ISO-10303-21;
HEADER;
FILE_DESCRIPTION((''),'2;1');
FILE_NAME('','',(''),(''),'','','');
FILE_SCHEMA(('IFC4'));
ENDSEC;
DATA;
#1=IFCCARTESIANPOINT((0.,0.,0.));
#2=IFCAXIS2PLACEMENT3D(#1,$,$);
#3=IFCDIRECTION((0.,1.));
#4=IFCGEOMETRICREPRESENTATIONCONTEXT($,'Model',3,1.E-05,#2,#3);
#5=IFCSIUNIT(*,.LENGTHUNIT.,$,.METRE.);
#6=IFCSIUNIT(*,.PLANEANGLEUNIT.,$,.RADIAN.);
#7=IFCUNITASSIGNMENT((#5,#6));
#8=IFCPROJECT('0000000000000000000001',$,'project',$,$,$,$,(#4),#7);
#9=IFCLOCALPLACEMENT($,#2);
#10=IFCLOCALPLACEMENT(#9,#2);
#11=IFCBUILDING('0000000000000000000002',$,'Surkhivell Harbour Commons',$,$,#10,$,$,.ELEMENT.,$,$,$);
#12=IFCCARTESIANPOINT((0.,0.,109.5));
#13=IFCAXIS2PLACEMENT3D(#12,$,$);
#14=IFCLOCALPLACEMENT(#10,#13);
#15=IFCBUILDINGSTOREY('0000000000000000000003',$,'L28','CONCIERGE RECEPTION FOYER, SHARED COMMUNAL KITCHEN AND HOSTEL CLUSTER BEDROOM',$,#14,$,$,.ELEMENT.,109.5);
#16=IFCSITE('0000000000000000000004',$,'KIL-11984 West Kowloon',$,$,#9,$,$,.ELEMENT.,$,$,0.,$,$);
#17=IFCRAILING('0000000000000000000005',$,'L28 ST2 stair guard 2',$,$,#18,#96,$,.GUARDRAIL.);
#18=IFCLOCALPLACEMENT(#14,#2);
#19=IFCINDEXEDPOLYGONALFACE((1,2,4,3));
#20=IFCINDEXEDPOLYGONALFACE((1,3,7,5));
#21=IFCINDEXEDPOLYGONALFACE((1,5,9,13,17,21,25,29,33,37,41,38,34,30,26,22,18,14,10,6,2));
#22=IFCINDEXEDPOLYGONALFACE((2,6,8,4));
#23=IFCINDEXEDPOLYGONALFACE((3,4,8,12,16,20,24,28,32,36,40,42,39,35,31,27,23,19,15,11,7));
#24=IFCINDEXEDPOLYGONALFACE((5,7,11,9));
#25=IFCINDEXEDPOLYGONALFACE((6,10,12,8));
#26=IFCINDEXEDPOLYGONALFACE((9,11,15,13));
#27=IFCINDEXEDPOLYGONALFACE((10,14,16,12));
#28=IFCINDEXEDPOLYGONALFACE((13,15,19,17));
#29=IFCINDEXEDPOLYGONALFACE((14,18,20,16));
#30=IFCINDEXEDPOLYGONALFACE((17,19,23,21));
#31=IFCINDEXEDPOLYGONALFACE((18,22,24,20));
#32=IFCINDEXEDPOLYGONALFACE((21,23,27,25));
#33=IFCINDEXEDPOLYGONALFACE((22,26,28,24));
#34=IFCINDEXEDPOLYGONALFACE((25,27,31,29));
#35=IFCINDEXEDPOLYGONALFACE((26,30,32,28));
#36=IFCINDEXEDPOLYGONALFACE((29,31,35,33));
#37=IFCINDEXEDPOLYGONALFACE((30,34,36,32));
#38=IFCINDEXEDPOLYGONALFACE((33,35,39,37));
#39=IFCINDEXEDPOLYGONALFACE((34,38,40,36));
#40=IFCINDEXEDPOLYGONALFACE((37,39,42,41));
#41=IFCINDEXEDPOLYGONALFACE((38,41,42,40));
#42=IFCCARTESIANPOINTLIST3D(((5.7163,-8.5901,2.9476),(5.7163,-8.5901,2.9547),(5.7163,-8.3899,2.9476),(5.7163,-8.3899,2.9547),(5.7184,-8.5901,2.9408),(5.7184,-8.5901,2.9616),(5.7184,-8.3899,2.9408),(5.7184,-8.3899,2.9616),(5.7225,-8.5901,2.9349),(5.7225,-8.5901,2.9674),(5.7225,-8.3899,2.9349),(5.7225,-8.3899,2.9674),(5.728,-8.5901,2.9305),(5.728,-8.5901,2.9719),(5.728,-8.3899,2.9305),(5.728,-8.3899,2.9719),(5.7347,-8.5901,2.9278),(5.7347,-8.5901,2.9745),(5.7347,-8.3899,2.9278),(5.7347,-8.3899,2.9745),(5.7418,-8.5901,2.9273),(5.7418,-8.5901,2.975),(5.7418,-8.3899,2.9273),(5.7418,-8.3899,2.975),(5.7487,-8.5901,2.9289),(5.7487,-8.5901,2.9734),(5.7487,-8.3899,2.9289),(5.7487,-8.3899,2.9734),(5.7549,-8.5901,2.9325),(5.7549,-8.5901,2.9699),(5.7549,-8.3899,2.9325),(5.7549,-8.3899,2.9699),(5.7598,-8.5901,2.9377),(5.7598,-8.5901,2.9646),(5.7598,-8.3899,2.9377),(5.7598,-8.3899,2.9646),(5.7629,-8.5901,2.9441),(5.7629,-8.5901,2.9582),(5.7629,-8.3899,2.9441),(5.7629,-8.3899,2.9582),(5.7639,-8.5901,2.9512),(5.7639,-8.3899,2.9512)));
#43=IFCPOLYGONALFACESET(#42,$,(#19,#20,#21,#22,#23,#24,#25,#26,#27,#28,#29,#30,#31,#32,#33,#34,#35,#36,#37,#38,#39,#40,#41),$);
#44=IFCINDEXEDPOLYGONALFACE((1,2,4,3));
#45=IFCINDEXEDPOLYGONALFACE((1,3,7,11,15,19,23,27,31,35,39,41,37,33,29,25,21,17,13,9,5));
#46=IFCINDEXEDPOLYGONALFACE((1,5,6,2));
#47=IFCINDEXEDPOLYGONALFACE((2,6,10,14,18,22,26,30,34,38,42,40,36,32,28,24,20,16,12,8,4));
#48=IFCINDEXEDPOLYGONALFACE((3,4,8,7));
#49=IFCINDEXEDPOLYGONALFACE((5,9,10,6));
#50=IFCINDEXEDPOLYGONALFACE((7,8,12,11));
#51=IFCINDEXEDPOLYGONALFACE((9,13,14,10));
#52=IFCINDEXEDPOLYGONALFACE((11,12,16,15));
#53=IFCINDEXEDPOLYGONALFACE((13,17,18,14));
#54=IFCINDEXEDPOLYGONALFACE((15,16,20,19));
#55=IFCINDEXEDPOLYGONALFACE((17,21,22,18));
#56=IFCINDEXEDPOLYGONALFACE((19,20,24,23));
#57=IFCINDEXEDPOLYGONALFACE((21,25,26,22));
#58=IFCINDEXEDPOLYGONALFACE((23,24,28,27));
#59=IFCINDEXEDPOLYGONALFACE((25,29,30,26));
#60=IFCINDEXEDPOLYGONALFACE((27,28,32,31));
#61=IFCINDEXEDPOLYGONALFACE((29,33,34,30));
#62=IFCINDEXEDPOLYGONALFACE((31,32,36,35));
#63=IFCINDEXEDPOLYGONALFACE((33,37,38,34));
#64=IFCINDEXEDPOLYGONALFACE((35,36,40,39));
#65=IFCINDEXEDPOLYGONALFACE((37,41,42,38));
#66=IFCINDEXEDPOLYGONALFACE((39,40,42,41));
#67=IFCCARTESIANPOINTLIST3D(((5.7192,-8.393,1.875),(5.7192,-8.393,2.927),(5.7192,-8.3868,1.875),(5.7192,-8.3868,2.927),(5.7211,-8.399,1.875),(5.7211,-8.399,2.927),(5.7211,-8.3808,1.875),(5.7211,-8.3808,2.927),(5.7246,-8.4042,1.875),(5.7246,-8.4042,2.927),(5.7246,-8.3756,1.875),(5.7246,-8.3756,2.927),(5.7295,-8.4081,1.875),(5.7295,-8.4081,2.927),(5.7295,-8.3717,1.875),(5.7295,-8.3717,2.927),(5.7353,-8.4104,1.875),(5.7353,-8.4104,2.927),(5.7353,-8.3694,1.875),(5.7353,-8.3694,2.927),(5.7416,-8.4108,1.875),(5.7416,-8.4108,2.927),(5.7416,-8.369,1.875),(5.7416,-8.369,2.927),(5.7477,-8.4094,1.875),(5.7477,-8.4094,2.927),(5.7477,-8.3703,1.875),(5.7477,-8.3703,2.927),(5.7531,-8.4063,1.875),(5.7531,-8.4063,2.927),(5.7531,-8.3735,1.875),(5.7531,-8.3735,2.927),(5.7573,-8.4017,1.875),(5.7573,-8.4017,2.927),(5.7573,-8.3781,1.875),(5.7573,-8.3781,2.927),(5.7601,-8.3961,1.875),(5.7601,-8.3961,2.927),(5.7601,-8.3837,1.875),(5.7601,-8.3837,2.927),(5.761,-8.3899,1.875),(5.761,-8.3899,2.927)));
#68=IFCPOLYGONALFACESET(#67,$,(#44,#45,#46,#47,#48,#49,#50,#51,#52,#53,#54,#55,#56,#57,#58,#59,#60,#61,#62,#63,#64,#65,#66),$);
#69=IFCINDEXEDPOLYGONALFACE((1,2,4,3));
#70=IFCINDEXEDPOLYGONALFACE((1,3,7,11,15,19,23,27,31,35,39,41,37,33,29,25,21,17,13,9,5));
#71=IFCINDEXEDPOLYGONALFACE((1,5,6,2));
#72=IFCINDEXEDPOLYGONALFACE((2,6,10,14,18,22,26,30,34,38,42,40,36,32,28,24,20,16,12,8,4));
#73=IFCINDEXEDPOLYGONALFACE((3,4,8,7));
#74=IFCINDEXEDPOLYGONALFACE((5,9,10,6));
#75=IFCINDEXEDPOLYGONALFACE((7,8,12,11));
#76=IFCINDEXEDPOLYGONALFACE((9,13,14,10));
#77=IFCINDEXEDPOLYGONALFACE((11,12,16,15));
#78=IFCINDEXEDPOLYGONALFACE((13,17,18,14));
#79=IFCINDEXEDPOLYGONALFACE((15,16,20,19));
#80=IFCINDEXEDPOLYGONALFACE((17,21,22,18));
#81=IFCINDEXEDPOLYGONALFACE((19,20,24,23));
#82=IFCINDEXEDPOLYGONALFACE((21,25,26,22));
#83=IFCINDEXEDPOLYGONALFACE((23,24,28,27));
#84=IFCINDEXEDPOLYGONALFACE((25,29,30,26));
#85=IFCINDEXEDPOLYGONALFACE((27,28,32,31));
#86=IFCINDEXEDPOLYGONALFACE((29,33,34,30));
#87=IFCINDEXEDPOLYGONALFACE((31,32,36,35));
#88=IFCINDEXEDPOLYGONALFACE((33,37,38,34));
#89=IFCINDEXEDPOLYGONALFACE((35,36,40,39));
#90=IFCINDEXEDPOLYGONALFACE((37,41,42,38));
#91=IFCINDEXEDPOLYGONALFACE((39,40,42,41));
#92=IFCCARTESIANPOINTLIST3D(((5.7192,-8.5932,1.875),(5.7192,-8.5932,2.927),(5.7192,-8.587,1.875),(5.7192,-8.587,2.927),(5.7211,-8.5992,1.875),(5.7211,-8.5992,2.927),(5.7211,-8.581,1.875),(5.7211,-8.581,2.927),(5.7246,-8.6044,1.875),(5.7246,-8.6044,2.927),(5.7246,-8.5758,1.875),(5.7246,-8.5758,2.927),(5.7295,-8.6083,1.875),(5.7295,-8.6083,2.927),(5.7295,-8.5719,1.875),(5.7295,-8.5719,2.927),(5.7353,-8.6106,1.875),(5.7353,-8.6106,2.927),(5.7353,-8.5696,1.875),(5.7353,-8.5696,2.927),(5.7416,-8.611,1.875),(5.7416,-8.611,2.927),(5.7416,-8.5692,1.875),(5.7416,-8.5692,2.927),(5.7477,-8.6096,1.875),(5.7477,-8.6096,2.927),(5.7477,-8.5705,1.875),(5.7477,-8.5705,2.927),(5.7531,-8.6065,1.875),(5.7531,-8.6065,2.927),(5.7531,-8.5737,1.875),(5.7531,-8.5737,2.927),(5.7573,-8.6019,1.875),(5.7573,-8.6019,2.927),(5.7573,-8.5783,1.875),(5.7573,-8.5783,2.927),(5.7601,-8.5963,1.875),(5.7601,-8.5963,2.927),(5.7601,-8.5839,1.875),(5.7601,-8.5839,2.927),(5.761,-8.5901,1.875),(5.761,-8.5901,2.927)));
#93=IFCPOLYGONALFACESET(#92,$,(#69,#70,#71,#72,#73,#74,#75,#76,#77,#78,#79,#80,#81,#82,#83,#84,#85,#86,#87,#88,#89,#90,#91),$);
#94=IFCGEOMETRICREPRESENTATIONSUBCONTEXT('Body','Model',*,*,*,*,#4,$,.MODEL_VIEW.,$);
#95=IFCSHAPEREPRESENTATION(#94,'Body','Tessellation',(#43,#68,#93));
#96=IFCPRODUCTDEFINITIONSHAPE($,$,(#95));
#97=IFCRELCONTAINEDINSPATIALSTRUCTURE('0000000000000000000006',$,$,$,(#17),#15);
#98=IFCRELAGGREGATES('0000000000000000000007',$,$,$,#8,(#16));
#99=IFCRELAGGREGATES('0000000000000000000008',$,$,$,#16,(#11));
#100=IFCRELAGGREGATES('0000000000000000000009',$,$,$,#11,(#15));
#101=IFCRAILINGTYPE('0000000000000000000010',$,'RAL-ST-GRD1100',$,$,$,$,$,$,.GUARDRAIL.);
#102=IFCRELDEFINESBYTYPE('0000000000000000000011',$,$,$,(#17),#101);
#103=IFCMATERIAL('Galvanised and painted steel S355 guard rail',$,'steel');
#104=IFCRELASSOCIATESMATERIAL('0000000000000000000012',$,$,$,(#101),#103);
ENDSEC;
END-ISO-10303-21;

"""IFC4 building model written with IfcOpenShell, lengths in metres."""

from ifc_helpers import new_model, si_unit, direction, frame, origin, origin_2d, place, context, subcontext, project, spatial, circle, extrude, material, type_object, element, save


model = new_model("IFC4")

# Units and contexts
model_context = context("Model", 3, precision=1e-05, world=origin(), true_north=direction((0.0, 1.0)))
body_context = subcontext(model_context, "Body", "Model", "MODEL_VIEW")
ifc_project = project(units=[si_unit("LENGTHUNIT", "METRE"), si_unit("PLANEANGLEUNIT", "RADIAN")], contexts=[model_context])

# Site, building, storey
site_placement = place(None, origin())
site = spatial("IfcSite", under=ifc_project, at=site_placement, Name="KIL-11984 West Kowloon", CompositionType="ELEMENT", RefElevation=0.0)
building_placement = place(site_placement, origin())
building = spatial("IfcBuilding", under=site, at=building_placement, Name="Surkhivell Harbour Commons", CompositionType="ELEMENT")
storey_placement = place(building_placement, frame((0.0, 0.0, 109.5)))
storey = spatial("IfcBuildingStorey", under=building, at=storey_placement, Name="L28", Description="CONCIERGE RECEPTION FOYER, SHARED COMMUNAL KITCHEN AND HOSTEL CLUSTER BEDROOM", CompositionType="ELEMENT", Elevation=109.5)

# Railing
ifc_material_1 = material(Name="Galvanised and painted steel S355 guard rail", Category="steel")
railing_type_1 = type_object("IfcRailingType", Name="RAL-ST-GRD1100", PredefinedType="GUARDRAIL", material=ifc_material_1)
railing_1_placement = place(storey_placement, frame((5.74, -8.3899, 1.875)))
element("IfcRailing", 1, at=railing_1_placement, inside=storey, type_object=railing_type_1, Name="L28 ST2 stair guard 2", PredefinedType="GUARDRAIL", context=body_context, shape_type="SweptSolid", body=[
    extrude(circle(Radius=0.0239, at=origin_2d()), frame((0.0, 0.0, 1.0762), z_axis=(0.0, -1.0, 0.0), x_axis=(1.0, 0.0, 0.0)), (0.0, 0.0, 1.0), 0.2002),
    extrude(circle(Radius=0.021, at=origin_2d()), origin(), (0.0, 0.0, 1.0), 1.052),
    extrude(circle(Radius=0.021, at=origin_2d()), frame((0.0, -0.2002, 0.0)), (0.0, 0.0, 1.0), 1.052),
])

save(model, "model.ifc")
